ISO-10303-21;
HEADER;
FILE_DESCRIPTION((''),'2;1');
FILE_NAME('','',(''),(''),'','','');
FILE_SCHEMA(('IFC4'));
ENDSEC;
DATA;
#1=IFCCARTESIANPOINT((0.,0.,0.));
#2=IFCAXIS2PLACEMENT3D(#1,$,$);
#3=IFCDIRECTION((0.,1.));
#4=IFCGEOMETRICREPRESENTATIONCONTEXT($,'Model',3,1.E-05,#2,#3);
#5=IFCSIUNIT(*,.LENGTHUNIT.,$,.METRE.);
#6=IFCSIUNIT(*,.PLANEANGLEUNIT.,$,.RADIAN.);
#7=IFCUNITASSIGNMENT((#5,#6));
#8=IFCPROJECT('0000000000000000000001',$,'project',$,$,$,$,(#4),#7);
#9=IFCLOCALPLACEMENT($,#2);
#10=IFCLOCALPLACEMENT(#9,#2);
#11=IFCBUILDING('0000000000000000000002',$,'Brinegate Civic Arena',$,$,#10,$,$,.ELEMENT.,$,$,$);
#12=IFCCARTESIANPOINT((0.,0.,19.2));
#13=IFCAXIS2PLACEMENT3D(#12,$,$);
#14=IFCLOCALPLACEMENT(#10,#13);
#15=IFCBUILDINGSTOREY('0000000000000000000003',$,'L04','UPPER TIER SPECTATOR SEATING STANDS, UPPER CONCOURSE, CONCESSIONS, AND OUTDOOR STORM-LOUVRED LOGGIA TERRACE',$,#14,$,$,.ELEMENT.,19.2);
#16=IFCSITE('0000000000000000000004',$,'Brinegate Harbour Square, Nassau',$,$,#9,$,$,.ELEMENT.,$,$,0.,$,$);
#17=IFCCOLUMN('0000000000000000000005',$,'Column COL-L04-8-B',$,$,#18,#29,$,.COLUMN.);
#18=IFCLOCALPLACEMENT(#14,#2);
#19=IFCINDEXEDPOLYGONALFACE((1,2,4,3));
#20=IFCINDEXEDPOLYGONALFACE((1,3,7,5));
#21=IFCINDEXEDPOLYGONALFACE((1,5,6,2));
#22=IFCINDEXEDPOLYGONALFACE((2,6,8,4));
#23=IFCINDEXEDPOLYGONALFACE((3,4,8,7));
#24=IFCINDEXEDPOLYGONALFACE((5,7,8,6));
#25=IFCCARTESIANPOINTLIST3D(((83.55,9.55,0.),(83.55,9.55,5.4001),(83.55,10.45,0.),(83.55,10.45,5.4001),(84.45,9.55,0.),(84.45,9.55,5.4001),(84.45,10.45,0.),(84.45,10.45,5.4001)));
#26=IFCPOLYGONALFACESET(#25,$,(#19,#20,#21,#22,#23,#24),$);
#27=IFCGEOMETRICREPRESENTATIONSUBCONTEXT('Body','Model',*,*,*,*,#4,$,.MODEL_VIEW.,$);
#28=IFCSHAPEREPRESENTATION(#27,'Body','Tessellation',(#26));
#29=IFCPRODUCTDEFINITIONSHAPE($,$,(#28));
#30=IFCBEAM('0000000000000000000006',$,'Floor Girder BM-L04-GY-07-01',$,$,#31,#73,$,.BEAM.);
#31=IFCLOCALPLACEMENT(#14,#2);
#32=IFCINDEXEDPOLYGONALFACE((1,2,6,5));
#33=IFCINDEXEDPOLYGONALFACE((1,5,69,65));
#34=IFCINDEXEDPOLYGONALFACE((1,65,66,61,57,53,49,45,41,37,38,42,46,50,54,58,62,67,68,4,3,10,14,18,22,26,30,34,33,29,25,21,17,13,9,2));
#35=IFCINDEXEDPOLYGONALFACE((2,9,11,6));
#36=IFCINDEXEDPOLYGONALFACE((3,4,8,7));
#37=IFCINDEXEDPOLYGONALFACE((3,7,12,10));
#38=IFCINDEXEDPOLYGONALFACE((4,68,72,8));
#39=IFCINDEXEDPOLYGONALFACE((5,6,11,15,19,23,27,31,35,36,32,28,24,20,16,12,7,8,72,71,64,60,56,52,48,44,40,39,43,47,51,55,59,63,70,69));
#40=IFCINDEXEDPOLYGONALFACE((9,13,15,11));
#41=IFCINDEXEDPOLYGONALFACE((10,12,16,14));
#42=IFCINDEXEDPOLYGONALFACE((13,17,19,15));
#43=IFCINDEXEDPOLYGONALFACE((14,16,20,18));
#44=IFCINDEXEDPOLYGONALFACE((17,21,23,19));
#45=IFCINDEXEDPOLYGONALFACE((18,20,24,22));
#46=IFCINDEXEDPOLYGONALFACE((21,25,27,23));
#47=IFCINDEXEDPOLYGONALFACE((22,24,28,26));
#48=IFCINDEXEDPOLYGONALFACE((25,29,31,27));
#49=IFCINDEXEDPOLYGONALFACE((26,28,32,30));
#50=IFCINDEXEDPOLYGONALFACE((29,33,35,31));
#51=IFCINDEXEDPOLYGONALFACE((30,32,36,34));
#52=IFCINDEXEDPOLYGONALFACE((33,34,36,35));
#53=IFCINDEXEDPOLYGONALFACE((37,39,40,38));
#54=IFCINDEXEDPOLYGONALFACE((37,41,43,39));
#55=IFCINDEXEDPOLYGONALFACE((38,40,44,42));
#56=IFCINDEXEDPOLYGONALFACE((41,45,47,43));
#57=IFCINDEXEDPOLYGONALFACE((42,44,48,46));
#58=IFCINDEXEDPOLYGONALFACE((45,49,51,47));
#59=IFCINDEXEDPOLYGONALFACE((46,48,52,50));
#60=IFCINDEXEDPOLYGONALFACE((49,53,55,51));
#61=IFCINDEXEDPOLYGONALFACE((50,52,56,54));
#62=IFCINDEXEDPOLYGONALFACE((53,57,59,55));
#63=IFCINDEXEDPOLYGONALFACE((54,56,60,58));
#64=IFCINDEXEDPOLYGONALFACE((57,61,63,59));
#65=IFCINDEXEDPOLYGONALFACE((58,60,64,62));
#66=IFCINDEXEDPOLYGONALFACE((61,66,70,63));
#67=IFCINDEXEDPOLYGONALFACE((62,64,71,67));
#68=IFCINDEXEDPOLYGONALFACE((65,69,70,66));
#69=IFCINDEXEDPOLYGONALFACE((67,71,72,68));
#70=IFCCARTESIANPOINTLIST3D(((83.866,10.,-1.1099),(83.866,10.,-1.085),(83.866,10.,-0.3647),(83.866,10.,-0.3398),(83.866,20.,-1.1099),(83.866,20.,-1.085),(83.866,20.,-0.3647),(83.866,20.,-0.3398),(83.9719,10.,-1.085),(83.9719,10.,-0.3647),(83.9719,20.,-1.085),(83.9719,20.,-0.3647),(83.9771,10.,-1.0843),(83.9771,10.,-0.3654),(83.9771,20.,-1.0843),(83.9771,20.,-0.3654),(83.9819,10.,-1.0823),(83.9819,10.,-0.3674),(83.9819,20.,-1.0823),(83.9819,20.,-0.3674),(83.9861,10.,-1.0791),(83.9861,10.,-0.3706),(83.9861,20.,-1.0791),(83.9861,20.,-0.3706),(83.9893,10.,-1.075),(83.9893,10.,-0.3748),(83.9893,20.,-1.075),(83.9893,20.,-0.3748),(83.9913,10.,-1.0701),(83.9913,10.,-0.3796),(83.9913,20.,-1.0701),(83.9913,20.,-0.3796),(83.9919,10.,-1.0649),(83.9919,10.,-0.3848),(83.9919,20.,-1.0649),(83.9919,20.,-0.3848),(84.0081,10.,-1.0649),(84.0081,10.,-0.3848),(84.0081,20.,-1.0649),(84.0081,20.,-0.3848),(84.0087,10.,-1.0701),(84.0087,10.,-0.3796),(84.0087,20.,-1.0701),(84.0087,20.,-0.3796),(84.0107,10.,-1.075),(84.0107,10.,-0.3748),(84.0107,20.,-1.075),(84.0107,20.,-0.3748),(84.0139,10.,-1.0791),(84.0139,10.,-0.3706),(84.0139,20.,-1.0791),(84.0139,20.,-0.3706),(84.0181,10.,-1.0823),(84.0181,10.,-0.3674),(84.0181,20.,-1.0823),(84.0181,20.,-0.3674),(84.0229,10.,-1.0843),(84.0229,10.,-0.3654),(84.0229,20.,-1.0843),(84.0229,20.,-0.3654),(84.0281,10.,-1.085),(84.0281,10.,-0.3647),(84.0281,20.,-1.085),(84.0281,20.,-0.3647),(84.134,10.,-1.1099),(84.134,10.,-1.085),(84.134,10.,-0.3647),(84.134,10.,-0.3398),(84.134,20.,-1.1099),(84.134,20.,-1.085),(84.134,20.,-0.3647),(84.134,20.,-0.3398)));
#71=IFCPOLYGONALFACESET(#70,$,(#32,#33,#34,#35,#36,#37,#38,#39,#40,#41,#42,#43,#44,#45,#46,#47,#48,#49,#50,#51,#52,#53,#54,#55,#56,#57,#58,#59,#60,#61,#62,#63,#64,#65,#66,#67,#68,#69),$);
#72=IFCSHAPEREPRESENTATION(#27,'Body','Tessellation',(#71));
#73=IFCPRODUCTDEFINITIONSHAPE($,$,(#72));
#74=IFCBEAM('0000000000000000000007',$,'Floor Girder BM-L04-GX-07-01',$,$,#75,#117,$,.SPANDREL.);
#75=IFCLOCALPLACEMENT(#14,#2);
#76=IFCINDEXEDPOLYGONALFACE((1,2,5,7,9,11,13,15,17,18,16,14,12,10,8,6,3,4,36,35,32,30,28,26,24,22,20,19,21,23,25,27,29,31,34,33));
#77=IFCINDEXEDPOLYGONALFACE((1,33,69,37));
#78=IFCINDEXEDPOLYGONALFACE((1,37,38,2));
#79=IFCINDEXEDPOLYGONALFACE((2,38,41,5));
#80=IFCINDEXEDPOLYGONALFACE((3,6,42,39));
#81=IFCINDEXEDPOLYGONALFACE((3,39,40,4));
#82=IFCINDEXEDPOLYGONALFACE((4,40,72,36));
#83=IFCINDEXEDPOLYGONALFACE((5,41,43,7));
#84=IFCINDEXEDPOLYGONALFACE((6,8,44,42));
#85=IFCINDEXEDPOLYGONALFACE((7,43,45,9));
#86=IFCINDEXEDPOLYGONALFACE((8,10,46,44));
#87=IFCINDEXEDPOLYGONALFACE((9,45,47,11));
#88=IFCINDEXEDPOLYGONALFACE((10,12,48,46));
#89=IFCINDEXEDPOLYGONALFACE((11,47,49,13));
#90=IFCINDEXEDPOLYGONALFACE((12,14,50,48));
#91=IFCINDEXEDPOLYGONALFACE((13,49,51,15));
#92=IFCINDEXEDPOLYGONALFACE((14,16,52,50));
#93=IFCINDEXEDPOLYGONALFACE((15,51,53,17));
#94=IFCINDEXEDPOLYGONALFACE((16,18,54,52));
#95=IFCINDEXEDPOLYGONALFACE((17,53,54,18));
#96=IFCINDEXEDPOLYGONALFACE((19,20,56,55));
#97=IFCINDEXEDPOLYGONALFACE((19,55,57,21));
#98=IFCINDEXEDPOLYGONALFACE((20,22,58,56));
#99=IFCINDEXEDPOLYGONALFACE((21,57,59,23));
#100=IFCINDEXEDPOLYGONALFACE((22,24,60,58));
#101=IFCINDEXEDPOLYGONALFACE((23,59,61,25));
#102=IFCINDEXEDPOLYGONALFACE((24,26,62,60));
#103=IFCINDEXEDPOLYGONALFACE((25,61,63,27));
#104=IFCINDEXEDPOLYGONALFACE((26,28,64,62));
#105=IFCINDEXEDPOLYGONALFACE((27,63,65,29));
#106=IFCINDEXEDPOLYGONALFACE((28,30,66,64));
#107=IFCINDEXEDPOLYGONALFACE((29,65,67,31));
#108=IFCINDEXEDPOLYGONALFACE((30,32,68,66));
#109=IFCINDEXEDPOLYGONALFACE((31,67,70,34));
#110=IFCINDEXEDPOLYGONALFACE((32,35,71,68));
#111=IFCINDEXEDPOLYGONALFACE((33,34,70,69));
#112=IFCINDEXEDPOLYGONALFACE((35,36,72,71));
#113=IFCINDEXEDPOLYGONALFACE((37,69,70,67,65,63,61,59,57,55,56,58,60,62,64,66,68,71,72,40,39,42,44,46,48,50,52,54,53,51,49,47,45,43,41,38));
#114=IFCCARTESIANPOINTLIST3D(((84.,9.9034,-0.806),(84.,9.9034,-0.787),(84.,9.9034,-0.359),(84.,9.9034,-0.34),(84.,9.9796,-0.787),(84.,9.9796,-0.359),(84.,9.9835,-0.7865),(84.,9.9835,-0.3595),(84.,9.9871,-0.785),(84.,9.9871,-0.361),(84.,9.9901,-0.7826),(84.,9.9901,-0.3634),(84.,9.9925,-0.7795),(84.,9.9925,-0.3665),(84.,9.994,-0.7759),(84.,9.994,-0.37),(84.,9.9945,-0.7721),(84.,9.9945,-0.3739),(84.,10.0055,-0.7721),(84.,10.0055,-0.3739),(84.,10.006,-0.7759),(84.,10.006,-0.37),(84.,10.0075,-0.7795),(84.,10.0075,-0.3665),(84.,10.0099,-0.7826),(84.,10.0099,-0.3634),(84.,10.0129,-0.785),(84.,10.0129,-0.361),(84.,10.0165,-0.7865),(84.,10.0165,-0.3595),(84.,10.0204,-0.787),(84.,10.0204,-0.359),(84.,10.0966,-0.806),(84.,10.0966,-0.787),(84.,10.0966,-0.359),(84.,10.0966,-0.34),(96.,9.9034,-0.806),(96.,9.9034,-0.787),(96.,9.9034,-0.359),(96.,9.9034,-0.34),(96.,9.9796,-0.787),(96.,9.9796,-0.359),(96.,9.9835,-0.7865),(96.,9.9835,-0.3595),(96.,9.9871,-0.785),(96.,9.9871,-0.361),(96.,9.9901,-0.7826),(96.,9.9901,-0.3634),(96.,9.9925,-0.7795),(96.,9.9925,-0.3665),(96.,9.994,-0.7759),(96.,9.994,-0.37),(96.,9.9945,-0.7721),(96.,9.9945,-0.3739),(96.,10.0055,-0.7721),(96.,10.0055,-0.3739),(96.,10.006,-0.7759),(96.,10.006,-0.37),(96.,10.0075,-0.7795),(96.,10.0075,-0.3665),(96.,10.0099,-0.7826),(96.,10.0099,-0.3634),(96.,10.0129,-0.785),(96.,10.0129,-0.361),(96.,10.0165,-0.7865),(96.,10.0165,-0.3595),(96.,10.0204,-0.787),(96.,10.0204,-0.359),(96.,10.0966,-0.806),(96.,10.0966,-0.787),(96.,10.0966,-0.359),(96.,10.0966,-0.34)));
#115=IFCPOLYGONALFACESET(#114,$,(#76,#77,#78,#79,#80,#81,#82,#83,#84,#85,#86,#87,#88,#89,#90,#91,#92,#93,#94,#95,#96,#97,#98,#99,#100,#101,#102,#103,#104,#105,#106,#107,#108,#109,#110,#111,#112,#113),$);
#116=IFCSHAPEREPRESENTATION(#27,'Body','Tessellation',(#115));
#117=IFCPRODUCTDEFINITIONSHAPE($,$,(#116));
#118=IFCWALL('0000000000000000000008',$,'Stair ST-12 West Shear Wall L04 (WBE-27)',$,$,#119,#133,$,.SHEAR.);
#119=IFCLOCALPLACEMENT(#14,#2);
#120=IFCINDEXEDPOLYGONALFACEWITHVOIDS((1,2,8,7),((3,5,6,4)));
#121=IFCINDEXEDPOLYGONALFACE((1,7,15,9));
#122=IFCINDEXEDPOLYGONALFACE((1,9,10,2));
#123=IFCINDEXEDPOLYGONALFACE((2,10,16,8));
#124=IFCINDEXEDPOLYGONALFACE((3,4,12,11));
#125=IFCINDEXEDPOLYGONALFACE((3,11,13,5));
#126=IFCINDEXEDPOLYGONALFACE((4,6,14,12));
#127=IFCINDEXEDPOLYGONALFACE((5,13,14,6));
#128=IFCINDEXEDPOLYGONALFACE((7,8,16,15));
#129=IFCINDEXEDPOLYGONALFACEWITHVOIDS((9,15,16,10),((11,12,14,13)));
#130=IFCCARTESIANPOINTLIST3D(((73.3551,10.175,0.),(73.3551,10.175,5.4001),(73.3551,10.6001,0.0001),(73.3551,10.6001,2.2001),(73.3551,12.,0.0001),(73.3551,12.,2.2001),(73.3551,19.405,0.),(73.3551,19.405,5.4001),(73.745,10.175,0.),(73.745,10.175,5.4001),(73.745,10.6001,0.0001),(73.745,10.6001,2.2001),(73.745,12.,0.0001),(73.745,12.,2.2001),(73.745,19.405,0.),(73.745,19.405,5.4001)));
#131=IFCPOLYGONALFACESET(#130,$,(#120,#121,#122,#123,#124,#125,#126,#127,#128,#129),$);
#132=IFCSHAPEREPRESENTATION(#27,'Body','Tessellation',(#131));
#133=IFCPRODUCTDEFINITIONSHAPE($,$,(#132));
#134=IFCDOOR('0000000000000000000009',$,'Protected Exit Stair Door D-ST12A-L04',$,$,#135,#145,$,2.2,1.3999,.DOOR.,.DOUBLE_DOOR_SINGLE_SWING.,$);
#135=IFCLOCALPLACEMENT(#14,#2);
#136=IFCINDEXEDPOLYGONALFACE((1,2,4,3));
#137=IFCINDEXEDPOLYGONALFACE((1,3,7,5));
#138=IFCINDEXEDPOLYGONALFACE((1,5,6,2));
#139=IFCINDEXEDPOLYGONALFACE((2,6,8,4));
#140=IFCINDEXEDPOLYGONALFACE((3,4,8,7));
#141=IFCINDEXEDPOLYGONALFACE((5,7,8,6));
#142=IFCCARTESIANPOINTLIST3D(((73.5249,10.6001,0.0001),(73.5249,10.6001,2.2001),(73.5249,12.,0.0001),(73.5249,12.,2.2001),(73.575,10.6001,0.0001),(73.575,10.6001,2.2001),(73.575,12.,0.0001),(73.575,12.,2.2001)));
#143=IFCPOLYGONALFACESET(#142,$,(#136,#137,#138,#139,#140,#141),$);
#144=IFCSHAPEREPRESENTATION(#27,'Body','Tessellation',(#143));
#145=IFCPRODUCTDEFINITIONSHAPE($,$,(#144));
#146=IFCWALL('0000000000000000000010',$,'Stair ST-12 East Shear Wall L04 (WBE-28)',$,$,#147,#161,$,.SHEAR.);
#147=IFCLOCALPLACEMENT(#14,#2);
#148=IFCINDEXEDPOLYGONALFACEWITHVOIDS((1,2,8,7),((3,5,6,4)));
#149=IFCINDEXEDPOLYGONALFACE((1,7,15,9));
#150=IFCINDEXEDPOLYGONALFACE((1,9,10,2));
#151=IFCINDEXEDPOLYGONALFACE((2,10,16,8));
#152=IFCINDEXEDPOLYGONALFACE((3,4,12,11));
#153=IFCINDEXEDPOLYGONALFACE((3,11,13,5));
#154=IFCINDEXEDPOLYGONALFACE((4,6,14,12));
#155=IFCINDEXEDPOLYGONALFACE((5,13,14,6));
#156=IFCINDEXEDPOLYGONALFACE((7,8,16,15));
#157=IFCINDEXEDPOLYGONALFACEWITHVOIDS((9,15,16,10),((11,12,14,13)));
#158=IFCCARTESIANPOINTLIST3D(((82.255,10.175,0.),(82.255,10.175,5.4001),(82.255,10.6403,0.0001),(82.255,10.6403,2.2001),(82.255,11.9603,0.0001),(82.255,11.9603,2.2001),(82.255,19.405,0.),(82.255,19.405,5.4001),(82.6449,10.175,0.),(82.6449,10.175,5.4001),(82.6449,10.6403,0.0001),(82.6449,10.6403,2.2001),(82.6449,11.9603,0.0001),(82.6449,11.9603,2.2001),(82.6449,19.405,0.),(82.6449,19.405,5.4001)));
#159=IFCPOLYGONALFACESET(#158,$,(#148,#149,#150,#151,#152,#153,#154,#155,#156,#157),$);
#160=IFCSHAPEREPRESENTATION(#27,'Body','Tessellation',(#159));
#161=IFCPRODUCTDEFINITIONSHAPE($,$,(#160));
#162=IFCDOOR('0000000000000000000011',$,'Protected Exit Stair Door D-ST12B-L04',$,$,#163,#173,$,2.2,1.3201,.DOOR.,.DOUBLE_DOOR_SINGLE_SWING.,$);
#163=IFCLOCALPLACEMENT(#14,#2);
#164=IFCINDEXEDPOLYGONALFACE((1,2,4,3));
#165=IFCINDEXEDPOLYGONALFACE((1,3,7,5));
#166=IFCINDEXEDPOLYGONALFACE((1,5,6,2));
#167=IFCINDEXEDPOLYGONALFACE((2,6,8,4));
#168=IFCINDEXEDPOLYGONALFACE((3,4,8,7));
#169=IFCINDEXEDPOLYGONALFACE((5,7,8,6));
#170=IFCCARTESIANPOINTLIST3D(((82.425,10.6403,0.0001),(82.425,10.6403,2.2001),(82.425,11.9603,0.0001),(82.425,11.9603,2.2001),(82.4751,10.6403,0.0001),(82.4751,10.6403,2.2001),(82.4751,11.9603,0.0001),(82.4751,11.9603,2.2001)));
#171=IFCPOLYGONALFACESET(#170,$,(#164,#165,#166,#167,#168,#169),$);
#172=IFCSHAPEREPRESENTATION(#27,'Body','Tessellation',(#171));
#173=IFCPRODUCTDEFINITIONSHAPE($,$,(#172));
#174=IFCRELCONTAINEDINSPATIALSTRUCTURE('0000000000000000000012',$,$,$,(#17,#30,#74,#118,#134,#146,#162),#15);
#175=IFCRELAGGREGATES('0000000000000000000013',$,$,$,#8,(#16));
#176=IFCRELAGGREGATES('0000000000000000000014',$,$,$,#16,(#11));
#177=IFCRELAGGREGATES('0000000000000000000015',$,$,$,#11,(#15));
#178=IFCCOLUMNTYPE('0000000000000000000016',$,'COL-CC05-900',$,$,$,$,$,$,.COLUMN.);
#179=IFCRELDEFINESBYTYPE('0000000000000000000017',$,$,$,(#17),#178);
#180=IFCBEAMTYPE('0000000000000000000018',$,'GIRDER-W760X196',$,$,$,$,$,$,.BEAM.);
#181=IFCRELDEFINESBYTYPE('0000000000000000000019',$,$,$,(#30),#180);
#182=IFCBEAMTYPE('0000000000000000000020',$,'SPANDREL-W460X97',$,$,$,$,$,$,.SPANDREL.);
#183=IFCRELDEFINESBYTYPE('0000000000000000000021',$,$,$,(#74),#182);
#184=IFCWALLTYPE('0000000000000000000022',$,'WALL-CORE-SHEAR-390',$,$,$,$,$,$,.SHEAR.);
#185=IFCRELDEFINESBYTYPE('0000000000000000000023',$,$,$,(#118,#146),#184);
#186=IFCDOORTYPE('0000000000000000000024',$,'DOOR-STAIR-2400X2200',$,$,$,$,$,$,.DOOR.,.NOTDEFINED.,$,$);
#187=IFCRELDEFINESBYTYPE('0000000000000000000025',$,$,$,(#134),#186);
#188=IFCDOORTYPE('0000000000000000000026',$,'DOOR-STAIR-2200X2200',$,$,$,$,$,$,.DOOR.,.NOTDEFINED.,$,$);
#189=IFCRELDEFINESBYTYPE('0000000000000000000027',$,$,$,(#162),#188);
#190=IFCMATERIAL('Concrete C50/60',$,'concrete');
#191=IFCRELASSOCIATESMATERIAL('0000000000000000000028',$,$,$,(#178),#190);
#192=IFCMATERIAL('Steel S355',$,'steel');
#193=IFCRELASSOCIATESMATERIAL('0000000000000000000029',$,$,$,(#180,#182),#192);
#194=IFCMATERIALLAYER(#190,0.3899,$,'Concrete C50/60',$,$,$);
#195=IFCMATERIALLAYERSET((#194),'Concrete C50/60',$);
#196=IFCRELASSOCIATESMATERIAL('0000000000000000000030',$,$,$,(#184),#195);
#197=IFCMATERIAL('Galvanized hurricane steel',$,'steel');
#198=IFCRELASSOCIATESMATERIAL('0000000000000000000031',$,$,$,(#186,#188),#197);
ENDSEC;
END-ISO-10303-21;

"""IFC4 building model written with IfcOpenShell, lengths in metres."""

from ifc_helpers import new_model, si_unit, direction, frame, frame_2d, origin, origin_2d, place, context, subcontext, project, spatial, rectangle, i_section, extrude, material, layer, layer_set, material_profile, profile_set, type_object, element, fill, save


model = new_model("IFC4")

# Units and contexts
model_context = context("Model", 3, precision=1e-05, world=origin(), true_north=direction((0.0, 1.0)))
body_context = subcontext(model_context, "Body", "Model", "MODEL_VIEW")
ifc_project = project(units=[si_unit("LENGTHUNIT", "METRE"), si_unit("PLANEANGLEUNIT", "RADIAN")], contexts=[model_context])

# Site, building, storey
site_placement = place(None, origin())
site = spatial("IfcSite", under=ifc_project, at=site_placement, Name="Brinegate Harbour Square, Nassau", CompositionType="ELEMENT", RefElevation=0.0)
building_placement = place(site_placement, origin())
building = spatial("IfcBuilding", under=site, at=building_placement, Name="Brinegate Civic Arena", CompositionType="ELEMENT")
storey_placement = place(building_placement, frame((0.0, 0.0, 19.2)))
storey = spatial("IfcBuildingStorey", under=building, at=storey_placement, Name="L04", Description="UPPER TIER SPECTATOR SEATING STANDS, UPPER CONCOURSE, CONCESSIONS, AND OUTDOOR STORM-LOUVRED LOGGIA TERRACE", CompositionType="ELEMENT", Elevation=19.2)

# Column
ifc_material_1 = material(Name="Concrete C50/60", Category="concrete")
ifc_material_profile_1 = material_profile(ifc_material_1, rectangle(XDim=0.8999, YDim=0.8999, at=origin_2d()), Name="RC900X900")
ifc_profile_set_1 = profile_set([ifc_material_profile_1], Name="Concrete C50/60")
column_type = type_object("IfcColumnType", Name="COL-CC05-900", PredefinedType="COLUMN", material=ifc_profile_set_1)
column_placement = place(storey_placement, frame((84.0, 10.0, 0.0), z_axis=(0.0, 0.0, 1.0), x_axis=(1.0, 0.0, 0.0)))
element("IfcColumn", 1, at=column_placement, inside=storey, type_object=column_type, Name="Column COL-L04-8-B", PredefinedType="COLUMN", context=body_context, shape_type="SweptSolid", body=[
    extrude(rectangle(XDim=0.8999, YDim=0.8999, at=origin_2d()), origin(), (0.0, 0.0, 1.0), 5.4001),
])

# Beams
ifc_material_2 = material(Name="Steel S355", Category="steel")
ifc_material_profile_2 = material_profile(ifc_material_2, i_section(OverallWidth=0.2681, OverallDepth=0.77, WebThickness=0.0161, FlangeThickness=0.0249, FilletRadius=0.02, at=origin_2d()), Name="W760X196")
ifc_profile_set_2 = profile_set([ifc_material_profile_2], Name="Steel S355")
beam_type_1 = type_object("IfcBeamType", Name="GIRDER-W760X196", PredefinedType="BEAM", material=ifc_profile_set_2)
beam_1_placement = place(storey_placement, frame((84.0, 10.0, -0.7249), z_axis=(0.0, 1.0, 0.0), x_axis=(-1.0, 0.0, 0.0)))
element("IfcBeam", 2, at=beam_1_placement, inside=storey, type_object=beam_type_1, Name="Floor Girder BM-L04-GY-07-01", PredefinedType="BEAM", context=body_context, shape_type="SweptSolid", body=[
    extrude(i_section(OverallWidth=0.2681, OverallDepth=0.77, WebThickness=0.0161, FlangeThickness=0.0249, FilletRadius=0.02, at=origin_2d()), origin(), (0.0, 0.0, 1.0), 10.0),
])
ifc_material_profile_3 = material_profile(ifc_material_2, i_section(OverallWidth=0.1931, OverallDepth=0.4661, WebThickness=0.011, FlangeThickness=0.019, FilletRadius=0.0149, at=origin_2d()), Name="W460X97")
ifc_profile_set_3 = profile_set([ifc_material_profile_3], Name="Steel S355")
beam_type_2 = type_object("IfcBeamType", Name="SPANDREL-W460X97", PredefinedType="SPANDREL", material=ifc_profile_set_3)
beam_2_placement = place(storey_placement, frame((84.0, 10.0, -0.573), z_axis=(1.0, 0.0, 0.0), x_axis=(0.0, 1.0, 0.0)))
element("IfcBeam", 3, at=beam_2_placement, inside=storey, type_object=beam_type_2, Name="Floor Girder BM-L04-GX-07-01", PredefinedType="SPANDREL", context=body_context, shape_type="SweptSolid", body=[
    extrude(i_section(OverallWidth=0.1931, OverallDepth=0.4661, WebThickness=0.011, FlangeThickness=0.019, FilletRadius=0.0149, at=origin_2d()), origin(), (0.0, 0.0, 1.0), 12.0),
])

# Walls, openings, doors
ifc_layer_1 = layer(ifc_material_1, 0.3899, Name="Concrete C50/60")
ifc_layer_set_1 = layer_set([ifc_layer_1], Name="Concrete C50/60")
wall_type_1 = type_object("IfcWallType", Name="WALL-CORE-SHEAR-390", PredefinedType="SHEAR", material=ifc_layer_set_1)
wall_1_placement = place(storey_placement, frame((73.55, 10.175, 0.0), z_axis=(0.0, 0.0, 1.0), x_axis=(0.0, 1.0, 0.0)))
wall_1 = element("IfcWall", 4, at=wall_1_placement, inside=storey, type_object=wall_type_1, Name="Stair ST-12 West Shear Wall L04 (WBE-27)", PredefinedType="SHEAR", context=body_context, shape_type="SweptSolid", body=[
    extrude(rectangle(XDim=9.23, YDim=0.3899, at=frame_2d((4.615, 0.0))), origin(), (0.0, 0.0, 1.0), 5.4001),
])
opening_1_placement = place(wall_1_placement, frame((0.425, 0.0, 0.0)))
opening_1 = element("IfcOpeningElement", 5, at=opening_1_placement, cuts=wall_1, PredefinedType="OPENING", context=body_context, shape_type="SweptSolid", body=[
    extrude(rectangle(XDim=1.3999, YDim=2.2, at=frame_2d((0.7, 1.1001))), frame((0.0, 0.2048, 0.0), z_axis=(0.0, -1.0, 0.0), x_axis=(1.0, 0.0, 0.0)), (0.0, 0.0, 1.0), 0.4099),
])
ifc_material_3 = material(Name="Galvanized hurricane steel", Category="steel")
door_type_1 = type_object("IfcDoorType", Name="DOOR-STAIR-2400X2200", OperationType="NOTDEFINED", PredefinedType="DOOR", material=ifc_material_3)
door_1_placement = place(opening_1_placement, frame((1.3999, 0.0, 0.0), z_axis=(0.0, 0.0, 1.0), x_axis=(-1.0, 0.0, 0.0)))
door_1 = element("IfcDoor", 6, at=door_1_placement, inside=storey, type_object=door_type_1, Name="Protected Exit Stair Door D-ST12A-L04", OperationType="DOUBLE_DOOR_SINGLE_SWING", OverallHeight=2.2, OverallWidth=1.3999, PredefinedType="DOOR", context=body_context, shape_type="SweptSolid", body=[
    extrude(rectangle(XDim=1.3999, YDim=2.2, at=frame_2d((0.7, 1.1001))), frame((0.0, 0.0249, 0.0), z_axis=(0.0, -1.0, 0.0), x_axis=(1.0, 0.0, 0.0)), (0.0, 0.0, 1.0), 0.05),
])
fill(opening_1, door_1)
wall_2_placement = place(storey_placement, frame((82.45, 10.175, 0.0), z_axis=(0.0, 0.0, 1.0), x_axis=(0.0, 1.0, 0.0)))
wall_2 = element("IfcWall", 7, at=wall_2_placement, inside=storey, type_object=wall_type_1, Name="Stair ST-12 East Shear Wall L04 (WBE-28)", PredefinedType="SHEAR", context=body_context, shape_type="SweptSolid", body=[
    extrude(rectangle(XDim=9.23, YDim=0.3899, at=frame_2d((4.615, 0.0))), origin(), (0.0, 0.0, 1.0), 5.4001),
])
opening_2_placement = place(wall_2_placement, frame((0.4651, 0.0, 0.0)))
opening_2 = element("IfcOpeningElement", 8, at=opening_2_placement, cuts=wall_2, PredefinedType="OPENING", context=body_context, shape_type="SweptSolid", body=[
    extrude(rectangle(XDim=1.3201, YDim=2.2, at=frame_2d((0.6602, 1.1001))), frame((0.0, 0.2048, 0.0), z_axis=(0.0, -1.0, 0.0), x_axis=(1.0, 0.0, 0.0)), (0.0, 0.0, 1.0), 0.4099),
])
door_type_2 = type_object("IfcDoorType", Name="DOOR-STAIR-2200X2200", OperationType="NOTDEFINED", PredefinedType="DOOR", material=ifc_material_3)
door_2_placement = place(opening_2_placement, origin())
door_2 = element("IfcDoor", 9, at=door_2_placement, inside=storey, type_object=door_type_2, Name="Protected Exit Stair Door D-ST12B-L04", OperationType="DOUBLE_DOOR_SINGLE_SWING", OverallHeight=2.2, OverallWidth=1.3201, PredefinedType="DOOR", context=body_context, shape_type="SweptSolid", body=[
    extrude(rectangle(XDim=1.3201, YDim=2.2, at=frame_2d((0.6602, 1.1001))), frame((0.0, 0.0249, 0.0), z_axis=(0.0, -1.0, 0.0), x_axis=(1.0, 0.0, 0.0)), (0.0, 0.0, 1.0), 0.05),
])
fill(opening_2, door_2)

save(model, "model.ifc")
